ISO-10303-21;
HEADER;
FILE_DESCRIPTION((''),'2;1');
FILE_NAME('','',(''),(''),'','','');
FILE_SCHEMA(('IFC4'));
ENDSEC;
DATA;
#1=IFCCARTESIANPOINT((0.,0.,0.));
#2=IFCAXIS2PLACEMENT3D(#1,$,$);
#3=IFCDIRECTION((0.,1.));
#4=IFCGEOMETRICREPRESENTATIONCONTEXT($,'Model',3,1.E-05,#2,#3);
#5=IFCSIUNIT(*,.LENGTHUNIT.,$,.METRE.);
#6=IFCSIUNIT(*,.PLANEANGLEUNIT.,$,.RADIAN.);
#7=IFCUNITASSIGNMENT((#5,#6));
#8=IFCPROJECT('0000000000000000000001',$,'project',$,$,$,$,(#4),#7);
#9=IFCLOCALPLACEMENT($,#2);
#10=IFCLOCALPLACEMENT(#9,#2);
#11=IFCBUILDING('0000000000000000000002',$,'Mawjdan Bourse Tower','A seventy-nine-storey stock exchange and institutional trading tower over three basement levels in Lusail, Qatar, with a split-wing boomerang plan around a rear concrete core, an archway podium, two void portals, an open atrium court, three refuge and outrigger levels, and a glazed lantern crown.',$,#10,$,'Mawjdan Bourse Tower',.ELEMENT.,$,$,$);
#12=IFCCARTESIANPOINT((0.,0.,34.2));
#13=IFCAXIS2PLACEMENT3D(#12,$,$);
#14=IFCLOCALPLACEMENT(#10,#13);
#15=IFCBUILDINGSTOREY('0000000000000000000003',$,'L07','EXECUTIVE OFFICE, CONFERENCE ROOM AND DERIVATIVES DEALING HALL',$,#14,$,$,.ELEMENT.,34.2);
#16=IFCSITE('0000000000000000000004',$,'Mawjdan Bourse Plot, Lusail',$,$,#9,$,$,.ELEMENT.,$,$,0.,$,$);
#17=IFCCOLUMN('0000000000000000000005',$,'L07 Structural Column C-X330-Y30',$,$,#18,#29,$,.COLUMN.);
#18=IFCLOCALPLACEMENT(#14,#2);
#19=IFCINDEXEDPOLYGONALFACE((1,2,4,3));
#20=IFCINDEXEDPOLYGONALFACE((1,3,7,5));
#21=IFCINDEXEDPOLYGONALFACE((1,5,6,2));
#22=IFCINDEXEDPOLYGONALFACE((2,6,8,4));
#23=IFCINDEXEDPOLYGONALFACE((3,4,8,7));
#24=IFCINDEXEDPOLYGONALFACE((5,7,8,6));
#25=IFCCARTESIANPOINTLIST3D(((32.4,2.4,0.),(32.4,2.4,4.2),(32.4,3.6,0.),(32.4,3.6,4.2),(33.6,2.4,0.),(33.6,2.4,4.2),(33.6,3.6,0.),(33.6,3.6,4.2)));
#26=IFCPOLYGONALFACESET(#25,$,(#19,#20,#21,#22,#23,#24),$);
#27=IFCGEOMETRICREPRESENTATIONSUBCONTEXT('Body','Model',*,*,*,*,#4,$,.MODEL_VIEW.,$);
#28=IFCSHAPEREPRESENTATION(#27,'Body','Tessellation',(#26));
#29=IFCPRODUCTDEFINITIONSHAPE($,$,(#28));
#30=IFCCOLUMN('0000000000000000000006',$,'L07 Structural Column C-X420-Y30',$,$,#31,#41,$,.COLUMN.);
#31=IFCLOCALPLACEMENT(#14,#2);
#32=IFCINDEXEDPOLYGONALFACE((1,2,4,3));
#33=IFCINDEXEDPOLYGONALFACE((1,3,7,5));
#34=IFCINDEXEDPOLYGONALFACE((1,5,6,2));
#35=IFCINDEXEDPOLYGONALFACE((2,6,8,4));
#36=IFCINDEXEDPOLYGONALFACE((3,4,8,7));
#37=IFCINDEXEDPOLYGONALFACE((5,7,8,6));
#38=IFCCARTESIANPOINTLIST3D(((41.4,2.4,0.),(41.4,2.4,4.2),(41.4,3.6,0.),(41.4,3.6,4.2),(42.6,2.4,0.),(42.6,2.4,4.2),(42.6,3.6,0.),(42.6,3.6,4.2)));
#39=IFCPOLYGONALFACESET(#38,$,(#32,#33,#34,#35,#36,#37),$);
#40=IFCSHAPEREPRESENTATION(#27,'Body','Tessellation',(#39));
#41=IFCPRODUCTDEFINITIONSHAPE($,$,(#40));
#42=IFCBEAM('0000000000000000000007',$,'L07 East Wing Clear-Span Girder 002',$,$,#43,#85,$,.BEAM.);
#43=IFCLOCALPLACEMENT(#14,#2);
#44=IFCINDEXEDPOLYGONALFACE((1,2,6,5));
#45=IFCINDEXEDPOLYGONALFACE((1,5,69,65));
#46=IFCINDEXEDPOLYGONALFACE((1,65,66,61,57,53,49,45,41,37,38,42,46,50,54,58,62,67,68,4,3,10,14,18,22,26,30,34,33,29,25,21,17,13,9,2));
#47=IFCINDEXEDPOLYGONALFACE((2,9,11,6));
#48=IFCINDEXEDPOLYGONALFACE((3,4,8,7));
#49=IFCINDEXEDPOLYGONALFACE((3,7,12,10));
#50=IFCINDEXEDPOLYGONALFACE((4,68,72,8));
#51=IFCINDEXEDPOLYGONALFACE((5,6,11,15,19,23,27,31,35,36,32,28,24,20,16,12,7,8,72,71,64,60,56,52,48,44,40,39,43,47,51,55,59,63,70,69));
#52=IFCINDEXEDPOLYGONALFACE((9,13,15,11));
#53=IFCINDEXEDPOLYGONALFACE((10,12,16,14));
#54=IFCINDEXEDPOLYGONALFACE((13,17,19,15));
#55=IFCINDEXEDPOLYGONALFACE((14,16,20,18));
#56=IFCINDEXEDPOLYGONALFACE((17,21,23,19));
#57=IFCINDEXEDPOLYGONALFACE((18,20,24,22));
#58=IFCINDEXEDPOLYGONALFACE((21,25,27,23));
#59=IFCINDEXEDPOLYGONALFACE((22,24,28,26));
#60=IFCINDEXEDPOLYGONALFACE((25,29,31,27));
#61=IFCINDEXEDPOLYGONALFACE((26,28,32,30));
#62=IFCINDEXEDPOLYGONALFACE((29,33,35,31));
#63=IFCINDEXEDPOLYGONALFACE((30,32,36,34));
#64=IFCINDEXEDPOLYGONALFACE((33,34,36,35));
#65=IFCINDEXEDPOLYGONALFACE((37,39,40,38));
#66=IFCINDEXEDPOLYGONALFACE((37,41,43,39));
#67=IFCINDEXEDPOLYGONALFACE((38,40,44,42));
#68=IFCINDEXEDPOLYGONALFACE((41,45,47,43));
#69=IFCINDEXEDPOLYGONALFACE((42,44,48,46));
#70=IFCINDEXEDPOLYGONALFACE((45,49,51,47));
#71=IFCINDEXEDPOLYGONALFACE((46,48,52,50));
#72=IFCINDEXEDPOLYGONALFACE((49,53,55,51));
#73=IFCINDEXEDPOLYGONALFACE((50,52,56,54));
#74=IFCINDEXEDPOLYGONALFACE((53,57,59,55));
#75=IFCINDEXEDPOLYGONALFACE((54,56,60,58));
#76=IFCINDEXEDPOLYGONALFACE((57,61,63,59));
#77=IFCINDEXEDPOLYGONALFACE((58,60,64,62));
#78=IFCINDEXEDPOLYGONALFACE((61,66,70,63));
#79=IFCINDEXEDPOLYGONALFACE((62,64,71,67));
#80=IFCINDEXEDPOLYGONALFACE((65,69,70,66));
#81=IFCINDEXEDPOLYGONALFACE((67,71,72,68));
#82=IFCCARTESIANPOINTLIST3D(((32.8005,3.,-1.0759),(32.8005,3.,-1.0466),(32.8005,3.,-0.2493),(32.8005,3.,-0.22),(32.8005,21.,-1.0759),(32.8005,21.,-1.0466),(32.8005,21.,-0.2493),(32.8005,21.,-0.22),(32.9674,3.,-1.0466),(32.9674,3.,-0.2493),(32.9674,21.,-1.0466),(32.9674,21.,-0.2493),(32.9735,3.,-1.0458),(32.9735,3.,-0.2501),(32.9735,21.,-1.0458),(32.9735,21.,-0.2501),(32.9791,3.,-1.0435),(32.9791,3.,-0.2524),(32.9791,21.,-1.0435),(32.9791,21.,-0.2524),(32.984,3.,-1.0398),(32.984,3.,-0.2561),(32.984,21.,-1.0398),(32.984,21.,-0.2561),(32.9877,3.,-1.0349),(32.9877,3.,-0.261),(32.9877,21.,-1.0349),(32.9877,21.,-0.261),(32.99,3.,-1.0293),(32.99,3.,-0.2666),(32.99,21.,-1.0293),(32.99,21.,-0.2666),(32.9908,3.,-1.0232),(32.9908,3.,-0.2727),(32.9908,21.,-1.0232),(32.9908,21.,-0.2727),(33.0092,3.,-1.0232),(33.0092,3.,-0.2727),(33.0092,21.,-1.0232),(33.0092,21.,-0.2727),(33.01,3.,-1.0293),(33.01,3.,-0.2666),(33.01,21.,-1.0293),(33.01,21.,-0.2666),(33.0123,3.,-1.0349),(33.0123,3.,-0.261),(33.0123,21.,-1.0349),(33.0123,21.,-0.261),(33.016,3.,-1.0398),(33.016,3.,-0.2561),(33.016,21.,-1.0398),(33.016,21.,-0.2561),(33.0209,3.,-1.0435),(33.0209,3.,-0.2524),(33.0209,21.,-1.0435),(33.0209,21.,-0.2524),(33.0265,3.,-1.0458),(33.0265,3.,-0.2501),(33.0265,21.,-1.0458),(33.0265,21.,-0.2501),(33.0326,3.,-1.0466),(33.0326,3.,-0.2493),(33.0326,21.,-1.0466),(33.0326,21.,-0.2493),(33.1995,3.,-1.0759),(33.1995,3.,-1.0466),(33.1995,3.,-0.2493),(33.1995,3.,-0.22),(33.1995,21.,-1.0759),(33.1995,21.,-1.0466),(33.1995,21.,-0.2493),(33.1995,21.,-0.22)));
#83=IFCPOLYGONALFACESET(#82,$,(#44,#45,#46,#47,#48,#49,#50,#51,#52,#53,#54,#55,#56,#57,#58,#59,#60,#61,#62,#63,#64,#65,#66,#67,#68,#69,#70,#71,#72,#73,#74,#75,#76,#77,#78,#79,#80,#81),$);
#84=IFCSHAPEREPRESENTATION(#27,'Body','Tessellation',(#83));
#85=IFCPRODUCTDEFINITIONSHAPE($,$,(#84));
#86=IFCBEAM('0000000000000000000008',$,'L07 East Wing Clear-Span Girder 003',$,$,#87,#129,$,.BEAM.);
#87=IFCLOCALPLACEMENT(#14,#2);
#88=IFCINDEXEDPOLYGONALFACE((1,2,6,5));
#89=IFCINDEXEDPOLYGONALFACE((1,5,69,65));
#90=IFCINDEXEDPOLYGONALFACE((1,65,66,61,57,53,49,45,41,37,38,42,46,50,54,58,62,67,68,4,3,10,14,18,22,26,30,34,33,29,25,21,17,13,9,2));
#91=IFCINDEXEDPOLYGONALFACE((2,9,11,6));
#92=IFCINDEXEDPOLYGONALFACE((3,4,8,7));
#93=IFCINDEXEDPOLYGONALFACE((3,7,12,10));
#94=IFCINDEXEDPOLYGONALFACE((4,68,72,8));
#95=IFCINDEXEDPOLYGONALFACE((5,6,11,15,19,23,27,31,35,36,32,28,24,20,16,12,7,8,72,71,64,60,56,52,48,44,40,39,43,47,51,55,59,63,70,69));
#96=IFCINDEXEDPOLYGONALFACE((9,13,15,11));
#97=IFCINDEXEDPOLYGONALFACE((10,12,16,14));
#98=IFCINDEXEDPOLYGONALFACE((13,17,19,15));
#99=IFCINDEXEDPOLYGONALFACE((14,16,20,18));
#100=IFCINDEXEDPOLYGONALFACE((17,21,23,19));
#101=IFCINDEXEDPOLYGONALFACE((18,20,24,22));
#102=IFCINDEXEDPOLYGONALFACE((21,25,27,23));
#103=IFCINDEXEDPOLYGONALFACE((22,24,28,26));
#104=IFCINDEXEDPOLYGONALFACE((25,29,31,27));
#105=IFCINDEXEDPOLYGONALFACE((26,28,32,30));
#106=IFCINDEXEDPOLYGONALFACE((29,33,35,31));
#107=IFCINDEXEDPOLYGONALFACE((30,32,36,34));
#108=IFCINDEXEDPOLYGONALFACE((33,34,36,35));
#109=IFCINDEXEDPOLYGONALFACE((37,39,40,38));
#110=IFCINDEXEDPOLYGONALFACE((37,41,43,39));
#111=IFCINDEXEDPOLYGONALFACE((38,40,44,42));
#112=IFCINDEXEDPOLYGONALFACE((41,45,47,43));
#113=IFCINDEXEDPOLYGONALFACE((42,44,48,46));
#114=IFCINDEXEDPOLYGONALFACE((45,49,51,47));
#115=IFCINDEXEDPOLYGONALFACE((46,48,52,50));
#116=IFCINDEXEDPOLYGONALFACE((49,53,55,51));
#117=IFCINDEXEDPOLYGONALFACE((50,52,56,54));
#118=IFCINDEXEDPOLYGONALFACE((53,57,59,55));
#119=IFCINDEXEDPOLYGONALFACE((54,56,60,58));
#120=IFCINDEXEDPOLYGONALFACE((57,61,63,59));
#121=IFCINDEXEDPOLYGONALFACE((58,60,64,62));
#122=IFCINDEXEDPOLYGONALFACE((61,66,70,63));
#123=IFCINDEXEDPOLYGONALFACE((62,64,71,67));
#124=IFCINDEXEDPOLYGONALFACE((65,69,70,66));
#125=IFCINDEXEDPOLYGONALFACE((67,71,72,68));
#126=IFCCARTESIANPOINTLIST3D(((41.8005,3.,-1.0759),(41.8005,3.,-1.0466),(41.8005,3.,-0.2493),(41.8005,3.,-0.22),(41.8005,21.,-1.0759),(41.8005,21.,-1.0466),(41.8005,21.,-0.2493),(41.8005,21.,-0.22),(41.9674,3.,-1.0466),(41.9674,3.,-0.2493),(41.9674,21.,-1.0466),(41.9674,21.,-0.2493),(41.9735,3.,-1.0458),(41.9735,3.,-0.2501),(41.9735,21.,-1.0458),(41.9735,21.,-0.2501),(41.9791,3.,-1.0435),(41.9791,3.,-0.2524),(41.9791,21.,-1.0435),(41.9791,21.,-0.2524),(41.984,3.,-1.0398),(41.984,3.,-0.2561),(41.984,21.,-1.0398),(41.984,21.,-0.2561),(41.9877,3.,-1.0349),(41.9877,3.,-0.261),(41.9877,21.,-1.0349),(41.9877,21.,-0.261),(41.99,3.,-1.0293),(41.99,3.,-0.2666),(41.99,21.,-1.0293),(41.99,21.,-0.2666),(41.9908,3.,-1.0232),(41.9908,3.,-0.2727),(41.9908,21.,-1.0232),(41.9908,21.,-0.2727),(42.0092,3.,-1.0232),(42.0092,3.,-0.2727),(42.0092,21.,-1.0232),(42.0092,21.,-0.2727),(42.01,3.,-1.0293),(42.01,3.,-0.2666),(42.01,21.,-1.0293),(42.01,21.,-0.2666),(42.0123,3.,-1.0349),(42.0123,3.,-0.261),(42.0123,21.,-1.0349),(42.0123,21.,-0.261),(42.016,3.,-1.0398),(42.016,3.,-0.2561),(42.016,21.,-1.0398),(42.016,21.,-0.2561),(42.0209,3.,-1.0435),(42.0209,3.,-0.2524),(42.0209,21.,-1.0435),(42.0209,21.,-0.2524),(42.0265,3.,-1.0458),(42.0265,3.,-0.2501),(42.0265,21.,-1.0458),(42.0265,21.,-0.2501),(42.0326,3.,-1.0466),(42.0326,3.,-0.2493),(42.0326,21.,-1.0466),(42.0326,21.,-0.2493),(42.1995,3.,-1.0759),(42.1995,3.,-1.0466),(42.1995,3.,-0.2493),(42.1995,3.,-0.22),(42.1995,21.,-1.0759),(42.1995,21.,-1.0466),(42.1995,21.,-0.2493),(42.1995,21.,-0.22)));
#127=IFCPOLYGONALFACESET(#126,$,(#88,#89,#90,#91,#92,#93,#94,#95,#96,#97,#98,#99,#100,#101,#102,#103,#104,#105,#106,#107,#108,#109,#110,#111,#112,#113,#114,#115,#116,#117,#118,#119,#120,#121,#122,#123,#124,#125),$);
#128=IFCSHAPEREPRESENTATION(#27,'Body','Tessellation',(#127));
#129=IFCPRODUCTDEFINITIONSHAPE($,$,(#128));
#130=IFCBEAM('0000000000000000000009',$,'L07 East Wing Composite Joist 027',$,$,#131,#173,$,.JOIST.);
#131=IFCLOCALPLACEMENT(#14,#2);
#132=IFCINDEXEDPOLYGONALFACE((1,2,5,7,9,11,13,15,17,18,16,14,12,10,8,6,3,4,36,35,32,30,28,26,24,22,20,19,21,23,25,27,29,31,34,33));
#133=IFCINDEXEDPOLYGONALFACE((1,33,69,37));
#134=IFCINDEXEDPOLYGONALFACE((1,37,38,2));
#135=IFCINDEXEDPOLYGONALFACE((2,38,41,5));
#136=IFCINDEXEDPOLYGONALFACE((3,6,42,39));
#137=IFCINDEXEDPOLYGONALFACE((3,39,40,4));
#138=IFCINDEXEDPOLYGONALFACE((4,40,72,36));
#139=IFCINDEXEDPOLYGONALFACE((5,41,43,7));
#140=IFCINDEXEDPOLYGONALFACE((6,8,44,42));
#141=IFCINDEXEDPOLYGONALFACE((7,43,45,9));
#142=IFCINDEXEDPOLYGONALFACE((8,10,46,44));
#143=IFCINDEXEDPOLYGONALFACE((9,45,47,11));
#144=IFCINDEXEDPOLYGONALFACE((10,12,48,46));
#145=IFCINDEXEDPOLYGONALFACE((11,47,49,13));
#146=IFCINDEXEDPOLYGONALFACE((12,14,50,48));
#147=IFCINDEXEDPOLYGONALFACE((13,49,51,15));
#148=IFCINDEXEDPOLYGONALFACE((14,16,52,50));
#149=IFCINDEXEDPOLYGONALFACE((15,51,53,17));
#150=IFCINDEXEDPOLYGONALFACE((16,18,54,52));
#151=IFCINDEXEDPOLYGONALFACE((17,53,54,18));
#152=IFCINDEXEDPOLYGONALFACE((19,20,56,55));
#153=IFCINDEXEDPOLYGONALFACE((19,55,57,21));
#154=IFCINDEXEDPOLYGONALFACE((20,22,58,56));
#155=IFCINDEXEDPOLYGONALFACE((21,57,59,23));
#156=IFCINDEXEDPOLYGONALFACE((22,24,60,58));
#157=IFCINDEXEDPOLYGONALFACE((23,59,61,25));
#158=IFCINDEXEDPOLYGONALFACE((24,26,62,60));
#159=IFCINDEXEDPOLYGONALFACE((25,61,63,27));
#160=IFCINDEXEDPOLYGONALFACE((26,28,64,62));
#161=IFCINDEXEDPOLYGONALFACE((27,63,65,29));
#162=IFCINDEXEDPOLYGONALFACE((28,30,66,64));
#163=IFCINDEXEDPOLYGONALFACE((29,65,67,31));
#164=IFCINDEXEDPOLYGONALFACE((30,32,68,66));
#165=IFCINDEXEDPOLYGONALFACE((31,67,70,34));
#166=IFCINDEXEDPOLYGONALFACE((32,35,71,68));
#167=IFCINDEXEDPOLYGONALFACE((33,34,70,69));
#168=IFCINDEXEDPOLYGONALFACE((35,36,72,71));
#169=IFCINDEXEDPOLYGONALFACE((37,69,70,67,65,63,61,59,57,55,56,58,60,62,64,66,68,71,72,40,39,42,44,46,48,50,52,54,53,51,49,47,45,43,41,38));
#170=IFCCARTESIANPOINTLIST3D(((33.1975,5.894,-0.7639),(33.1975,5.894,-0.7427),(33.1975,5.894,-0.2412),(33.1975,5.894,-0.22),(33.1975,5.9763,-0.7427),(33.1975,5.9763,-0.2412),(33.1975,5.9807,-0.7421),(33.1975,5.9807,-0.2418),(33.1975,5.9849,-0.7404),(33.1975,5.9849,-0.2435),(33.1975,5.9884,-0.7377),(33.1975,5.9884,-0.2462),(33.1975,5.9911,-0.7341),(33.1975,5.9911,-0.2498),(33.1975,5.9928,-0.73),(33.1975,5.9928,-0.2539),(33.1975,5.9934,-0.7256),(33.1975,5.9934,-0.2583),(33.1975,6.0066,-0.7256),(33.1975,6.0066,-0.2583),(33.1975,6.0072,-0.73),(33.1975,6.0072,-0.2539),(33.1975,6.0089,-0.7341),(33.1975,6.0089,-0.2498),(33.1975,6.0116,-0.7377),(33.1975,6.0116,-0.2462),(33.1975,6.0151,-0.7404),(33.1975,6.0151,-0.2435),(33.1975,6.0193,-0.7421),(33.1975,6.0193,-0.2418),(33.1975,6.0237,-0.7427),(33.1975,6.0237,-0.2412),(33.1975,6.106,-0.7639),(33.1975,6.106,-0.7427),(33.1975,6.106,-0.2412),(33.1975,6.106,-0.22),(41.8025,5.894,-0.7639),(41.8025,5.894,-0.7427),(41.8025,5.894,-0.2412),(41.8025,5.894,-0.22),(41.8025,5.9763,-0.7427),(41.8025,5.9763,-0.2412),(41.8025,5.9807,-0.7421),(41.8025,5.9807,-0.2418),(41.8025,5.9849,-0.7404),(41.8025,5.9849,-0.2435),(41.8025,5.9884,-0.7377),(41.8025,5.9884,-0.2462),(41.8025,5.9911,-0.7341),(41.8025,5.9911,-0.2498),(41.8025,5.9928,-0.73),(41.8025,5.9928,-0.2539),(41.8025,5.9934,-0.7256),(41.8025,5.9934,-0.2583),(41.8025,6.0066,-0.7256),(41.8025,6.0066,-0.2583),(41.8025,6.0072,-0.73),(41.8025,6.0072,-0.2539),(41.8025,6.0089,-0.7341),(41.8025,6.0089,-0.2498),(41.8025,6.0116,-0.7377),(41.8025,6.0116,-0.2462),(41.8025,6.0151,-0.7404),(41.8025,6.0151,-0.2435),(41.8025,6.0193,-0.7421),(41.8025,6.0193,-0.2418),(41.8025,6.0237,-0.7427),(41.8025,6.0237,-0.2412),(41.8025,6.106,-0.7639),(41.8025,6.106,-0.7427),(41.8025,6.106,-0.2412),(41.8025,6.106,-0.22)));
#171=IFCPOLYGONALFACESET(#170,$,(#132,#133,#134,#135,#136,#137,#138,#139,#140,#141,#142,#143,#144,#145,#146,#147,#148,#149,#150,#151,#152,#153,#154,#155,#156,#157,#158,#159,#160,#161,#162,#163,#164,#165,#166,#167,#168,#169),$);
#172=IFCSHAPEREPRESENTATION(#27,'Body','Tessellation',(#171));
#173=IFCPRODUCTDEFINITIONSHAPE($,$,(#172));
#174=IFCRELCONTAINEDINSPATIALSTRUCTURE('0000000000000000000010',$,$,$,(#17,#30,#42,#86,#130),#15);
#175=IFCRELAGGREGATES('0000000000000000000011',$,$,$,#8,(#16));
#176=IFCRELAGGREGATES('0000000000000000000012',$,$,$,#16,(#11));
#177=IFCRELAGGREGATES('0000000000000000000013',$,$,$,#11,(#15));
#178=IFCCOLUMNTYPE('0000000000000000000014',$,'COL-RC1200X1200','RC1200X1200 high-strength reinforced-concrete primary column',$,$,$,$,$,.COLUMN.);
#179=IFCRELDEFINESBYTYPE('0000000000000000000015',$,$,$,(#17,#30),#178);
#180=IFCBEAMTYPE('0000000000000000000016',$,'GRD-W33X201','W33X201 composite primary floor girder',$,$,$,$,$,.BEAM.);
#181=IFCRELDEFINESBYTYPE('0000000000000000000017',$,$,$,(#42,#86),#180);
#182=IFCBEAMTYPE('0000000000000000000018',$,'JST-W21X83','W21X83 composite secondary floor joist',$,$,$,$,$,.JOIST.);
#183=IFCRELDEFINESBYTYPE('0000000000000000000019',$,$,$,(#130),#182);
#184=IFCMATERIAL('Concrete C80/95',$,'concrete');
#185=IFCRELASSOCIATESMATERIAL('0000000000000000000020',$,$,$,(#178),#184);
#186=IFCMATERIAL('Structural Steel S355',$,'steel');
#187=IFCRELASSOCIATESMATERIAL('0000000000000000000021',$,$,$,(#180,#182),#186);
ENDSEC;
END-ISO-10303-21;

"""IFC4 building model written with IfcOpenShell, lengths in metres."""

from ifc_helpers import new_model, si_unit, direction, frame, origin, origin_2d, place, context, subcontext, project, spatial, rectangle, i_section, extrude, material, material_profile, profile_set, type_object, element, save


model = new_model("IFC4")

# Units and contexts
model_context = context("Model", 3, precision=1e-05, world=origin(), true_north=direction((0.0, 1.0)))
body_context = subcontext(model_context, "Body", "Model", "MODEL_VIEW")
ifc_project = project(units=[si_unit("LENGTHUNIT", "METRE"), si_unit("PLANEANGLEUNIT", "RADIAN")], contexts=[model_context])

# Site, building, storey
site_placement = place(None, origin())
site = spatial("IfcSite", under=ifc_project, at=site_placement, Name="Mawjdan Bourse Plot, Lusail", CompositionType="ELEMENT", RefElevation=0.0)
building_placement = place(site_placement, origin())
building = spatial("IfcBuilding", under=site, at=building_placement, Name="Mawjdan Bourse Tower", Description="A seventy-nine-storey stock exchange and institutional trading tower over three basement levels in Lusail, Qatar, with a split-wing boomerang plan around a rear concrete core, an archway podium, two void portals, an open atrium court, three refuge and outrigger levels, and a glazed lantern crown.", LongName="Mawjdan Bourse Tower", CompositionType="ELEMENT")
storey_placement = place(building_placement, frame((0.0, 0.0, 34.2)))
storey = spatial("IfcBuildingStorey", under=building, at=storey_placement, Name="L07", Description="EXECUTIVE OFFICE, CONFERENCE ROOM AND DERIVATIVES DEALING HALL", CompositionType="ELEMENT", Elevation=34.2)

# Columns
ifc_material_1 = material(Name="Concrete C80/95", Category="concrete")
ifc_material_profile_1 = material_profile(ifc_material_1, rectangle(XDim=1.2, YDim=1.2, at=origin_2d()), Name="RC1200X1200")
ifc_profile_set_1 = profile_set([ifc_material_profile_1], Name="Concrete C80/95")
column_type = type_object("IfcColumnType", Name="COL-RC1200X1200", Description="RC1200X1200 high-strength reinforced-concrete primary column", PredefinedType="COLUMN", material=ifc_profile_set_1)
for number, where, z_axis, x_axis, name in (
    (1, (33.0, 3.0, 0.0), (0.0, 0.0, 1.0), (1.0, 0.0, 0.0), "L07 Structural Column C-X330-Y30"),
    (2, (42.0, 3.0, 0.0), (0.0, 0.0, 1.0), (1.0, 0.0, 0.0), "L07 Structural Column C-X420-Y30"),
):
    element("IfcColumn", number, at=place(storey_placement, frame(where, z_axis=z_axis, x_axis=x_axis)), inside=storey, type_object=column_type, Name=name, PredefinedType="COLUMN", context=body_context, shape_type="SweptSolid", body=[
        extrude(rectangle(XDim=1.2, YDim=1.2, at=origin_2d()), origin(), (0.0, 0.0, 1.0), 4.2),
    ])

# Beams
ifc_material_2 = material(Name="Structural Steel S355", Category="steel")
ifc_material_profile_2 = material_profile(ifc_material_2, i_section(OverallWidth=0.3989, OverallDepth=0.856, WebThickness=0.0183, FlangeThickness=0.0293, FilletRadius=0.0234, at=origin_2d()), Name="W33X201")
ifc_profile_set_2 = profile_set([ifc_material_profile_2], Name="Structural Steel S355")
beam_type_1 = type_object("IfcBeamType", Name="GRD-W33X201", Description="W33X201 composite primary floor girder", PredefinedType="BEAM", material=ifc_profile_set_2)
for number, where, z_axis, x_axis, name in (
    (3, (33.0, 3.0, -0.6479), (0.0, 1.0, 0.0), (-1.0, 0.0, 0.0), "L07 East Wing Clear-Span Girder 002"),
    (4, (42.0, 3.0, -0.6479), (0.0, 1.0, 0.0), (-1.0, 0.0, 0.0), "L07 East Wing Clear-Span Girder 003"),
):
    element("IfcBeam", number, at=place(storey_placement, frame(where, z_axis=z_axis, x_axis=x_axis)), inside=storey, type_object=beam_type_1, Name=name, PredefinedType="BEAM", context=body_context, shape_type="SweptSolid", body=[
        extrude(i_section(OverallWidth=0.3989, OverallDepth=0.856, WebThickness=0.0183, FlangeThickness=0.0293, FilletRadius=0.0234, at=origin_2d()), origin(), (0.0, 0.0, 1.0), 18.0),
    ])
ifc_material_profile_3 = material_profile(ifc_material_2, i_section(OverallWidth=0.2119, OverallDepth=0.5439, WebThickness=0.0132, FlangeThickness=0.0212, FilletRadius=0.0171, at=origin_2d()), Name="W21X83")
ifc_profile_set_3 = profile_set([ifc_material_profile_3], Name="Structural Steel S355")
beam_type_2 = type_object("IfcBeamType", Name="JST-W21X83", Description="W21X83 composite secondary floor joist", PredefinedType="JOIST", material=ifc_profile_set_3)
beam_1_placement = place(storey_placement, frame((33.1975, 6.0, -0.4919), z_axis=(1.0, 0.0, 0.0), x_axis=(0.0, 1.0, 0.0)))
element("IfcBeam", 5, at=beam_1_placement, inside=storey, type_object=beam_type_2, Name="L07 East Wing Composite Joist 027", PredefinedType="JOIST", context=body_context, shape_type="SweptSolid", body=[
    extrude(i_section(OverallWidth=0.2119, OverallDepth=0.5439, WebThickness=0.0132, FlangeThickness=0.0212, FilletRadius=0.0171, at=origin_2d()), origin(), (0.0, 0.0, 1.0), 8.605),
])

save(model, "model.ifc")
